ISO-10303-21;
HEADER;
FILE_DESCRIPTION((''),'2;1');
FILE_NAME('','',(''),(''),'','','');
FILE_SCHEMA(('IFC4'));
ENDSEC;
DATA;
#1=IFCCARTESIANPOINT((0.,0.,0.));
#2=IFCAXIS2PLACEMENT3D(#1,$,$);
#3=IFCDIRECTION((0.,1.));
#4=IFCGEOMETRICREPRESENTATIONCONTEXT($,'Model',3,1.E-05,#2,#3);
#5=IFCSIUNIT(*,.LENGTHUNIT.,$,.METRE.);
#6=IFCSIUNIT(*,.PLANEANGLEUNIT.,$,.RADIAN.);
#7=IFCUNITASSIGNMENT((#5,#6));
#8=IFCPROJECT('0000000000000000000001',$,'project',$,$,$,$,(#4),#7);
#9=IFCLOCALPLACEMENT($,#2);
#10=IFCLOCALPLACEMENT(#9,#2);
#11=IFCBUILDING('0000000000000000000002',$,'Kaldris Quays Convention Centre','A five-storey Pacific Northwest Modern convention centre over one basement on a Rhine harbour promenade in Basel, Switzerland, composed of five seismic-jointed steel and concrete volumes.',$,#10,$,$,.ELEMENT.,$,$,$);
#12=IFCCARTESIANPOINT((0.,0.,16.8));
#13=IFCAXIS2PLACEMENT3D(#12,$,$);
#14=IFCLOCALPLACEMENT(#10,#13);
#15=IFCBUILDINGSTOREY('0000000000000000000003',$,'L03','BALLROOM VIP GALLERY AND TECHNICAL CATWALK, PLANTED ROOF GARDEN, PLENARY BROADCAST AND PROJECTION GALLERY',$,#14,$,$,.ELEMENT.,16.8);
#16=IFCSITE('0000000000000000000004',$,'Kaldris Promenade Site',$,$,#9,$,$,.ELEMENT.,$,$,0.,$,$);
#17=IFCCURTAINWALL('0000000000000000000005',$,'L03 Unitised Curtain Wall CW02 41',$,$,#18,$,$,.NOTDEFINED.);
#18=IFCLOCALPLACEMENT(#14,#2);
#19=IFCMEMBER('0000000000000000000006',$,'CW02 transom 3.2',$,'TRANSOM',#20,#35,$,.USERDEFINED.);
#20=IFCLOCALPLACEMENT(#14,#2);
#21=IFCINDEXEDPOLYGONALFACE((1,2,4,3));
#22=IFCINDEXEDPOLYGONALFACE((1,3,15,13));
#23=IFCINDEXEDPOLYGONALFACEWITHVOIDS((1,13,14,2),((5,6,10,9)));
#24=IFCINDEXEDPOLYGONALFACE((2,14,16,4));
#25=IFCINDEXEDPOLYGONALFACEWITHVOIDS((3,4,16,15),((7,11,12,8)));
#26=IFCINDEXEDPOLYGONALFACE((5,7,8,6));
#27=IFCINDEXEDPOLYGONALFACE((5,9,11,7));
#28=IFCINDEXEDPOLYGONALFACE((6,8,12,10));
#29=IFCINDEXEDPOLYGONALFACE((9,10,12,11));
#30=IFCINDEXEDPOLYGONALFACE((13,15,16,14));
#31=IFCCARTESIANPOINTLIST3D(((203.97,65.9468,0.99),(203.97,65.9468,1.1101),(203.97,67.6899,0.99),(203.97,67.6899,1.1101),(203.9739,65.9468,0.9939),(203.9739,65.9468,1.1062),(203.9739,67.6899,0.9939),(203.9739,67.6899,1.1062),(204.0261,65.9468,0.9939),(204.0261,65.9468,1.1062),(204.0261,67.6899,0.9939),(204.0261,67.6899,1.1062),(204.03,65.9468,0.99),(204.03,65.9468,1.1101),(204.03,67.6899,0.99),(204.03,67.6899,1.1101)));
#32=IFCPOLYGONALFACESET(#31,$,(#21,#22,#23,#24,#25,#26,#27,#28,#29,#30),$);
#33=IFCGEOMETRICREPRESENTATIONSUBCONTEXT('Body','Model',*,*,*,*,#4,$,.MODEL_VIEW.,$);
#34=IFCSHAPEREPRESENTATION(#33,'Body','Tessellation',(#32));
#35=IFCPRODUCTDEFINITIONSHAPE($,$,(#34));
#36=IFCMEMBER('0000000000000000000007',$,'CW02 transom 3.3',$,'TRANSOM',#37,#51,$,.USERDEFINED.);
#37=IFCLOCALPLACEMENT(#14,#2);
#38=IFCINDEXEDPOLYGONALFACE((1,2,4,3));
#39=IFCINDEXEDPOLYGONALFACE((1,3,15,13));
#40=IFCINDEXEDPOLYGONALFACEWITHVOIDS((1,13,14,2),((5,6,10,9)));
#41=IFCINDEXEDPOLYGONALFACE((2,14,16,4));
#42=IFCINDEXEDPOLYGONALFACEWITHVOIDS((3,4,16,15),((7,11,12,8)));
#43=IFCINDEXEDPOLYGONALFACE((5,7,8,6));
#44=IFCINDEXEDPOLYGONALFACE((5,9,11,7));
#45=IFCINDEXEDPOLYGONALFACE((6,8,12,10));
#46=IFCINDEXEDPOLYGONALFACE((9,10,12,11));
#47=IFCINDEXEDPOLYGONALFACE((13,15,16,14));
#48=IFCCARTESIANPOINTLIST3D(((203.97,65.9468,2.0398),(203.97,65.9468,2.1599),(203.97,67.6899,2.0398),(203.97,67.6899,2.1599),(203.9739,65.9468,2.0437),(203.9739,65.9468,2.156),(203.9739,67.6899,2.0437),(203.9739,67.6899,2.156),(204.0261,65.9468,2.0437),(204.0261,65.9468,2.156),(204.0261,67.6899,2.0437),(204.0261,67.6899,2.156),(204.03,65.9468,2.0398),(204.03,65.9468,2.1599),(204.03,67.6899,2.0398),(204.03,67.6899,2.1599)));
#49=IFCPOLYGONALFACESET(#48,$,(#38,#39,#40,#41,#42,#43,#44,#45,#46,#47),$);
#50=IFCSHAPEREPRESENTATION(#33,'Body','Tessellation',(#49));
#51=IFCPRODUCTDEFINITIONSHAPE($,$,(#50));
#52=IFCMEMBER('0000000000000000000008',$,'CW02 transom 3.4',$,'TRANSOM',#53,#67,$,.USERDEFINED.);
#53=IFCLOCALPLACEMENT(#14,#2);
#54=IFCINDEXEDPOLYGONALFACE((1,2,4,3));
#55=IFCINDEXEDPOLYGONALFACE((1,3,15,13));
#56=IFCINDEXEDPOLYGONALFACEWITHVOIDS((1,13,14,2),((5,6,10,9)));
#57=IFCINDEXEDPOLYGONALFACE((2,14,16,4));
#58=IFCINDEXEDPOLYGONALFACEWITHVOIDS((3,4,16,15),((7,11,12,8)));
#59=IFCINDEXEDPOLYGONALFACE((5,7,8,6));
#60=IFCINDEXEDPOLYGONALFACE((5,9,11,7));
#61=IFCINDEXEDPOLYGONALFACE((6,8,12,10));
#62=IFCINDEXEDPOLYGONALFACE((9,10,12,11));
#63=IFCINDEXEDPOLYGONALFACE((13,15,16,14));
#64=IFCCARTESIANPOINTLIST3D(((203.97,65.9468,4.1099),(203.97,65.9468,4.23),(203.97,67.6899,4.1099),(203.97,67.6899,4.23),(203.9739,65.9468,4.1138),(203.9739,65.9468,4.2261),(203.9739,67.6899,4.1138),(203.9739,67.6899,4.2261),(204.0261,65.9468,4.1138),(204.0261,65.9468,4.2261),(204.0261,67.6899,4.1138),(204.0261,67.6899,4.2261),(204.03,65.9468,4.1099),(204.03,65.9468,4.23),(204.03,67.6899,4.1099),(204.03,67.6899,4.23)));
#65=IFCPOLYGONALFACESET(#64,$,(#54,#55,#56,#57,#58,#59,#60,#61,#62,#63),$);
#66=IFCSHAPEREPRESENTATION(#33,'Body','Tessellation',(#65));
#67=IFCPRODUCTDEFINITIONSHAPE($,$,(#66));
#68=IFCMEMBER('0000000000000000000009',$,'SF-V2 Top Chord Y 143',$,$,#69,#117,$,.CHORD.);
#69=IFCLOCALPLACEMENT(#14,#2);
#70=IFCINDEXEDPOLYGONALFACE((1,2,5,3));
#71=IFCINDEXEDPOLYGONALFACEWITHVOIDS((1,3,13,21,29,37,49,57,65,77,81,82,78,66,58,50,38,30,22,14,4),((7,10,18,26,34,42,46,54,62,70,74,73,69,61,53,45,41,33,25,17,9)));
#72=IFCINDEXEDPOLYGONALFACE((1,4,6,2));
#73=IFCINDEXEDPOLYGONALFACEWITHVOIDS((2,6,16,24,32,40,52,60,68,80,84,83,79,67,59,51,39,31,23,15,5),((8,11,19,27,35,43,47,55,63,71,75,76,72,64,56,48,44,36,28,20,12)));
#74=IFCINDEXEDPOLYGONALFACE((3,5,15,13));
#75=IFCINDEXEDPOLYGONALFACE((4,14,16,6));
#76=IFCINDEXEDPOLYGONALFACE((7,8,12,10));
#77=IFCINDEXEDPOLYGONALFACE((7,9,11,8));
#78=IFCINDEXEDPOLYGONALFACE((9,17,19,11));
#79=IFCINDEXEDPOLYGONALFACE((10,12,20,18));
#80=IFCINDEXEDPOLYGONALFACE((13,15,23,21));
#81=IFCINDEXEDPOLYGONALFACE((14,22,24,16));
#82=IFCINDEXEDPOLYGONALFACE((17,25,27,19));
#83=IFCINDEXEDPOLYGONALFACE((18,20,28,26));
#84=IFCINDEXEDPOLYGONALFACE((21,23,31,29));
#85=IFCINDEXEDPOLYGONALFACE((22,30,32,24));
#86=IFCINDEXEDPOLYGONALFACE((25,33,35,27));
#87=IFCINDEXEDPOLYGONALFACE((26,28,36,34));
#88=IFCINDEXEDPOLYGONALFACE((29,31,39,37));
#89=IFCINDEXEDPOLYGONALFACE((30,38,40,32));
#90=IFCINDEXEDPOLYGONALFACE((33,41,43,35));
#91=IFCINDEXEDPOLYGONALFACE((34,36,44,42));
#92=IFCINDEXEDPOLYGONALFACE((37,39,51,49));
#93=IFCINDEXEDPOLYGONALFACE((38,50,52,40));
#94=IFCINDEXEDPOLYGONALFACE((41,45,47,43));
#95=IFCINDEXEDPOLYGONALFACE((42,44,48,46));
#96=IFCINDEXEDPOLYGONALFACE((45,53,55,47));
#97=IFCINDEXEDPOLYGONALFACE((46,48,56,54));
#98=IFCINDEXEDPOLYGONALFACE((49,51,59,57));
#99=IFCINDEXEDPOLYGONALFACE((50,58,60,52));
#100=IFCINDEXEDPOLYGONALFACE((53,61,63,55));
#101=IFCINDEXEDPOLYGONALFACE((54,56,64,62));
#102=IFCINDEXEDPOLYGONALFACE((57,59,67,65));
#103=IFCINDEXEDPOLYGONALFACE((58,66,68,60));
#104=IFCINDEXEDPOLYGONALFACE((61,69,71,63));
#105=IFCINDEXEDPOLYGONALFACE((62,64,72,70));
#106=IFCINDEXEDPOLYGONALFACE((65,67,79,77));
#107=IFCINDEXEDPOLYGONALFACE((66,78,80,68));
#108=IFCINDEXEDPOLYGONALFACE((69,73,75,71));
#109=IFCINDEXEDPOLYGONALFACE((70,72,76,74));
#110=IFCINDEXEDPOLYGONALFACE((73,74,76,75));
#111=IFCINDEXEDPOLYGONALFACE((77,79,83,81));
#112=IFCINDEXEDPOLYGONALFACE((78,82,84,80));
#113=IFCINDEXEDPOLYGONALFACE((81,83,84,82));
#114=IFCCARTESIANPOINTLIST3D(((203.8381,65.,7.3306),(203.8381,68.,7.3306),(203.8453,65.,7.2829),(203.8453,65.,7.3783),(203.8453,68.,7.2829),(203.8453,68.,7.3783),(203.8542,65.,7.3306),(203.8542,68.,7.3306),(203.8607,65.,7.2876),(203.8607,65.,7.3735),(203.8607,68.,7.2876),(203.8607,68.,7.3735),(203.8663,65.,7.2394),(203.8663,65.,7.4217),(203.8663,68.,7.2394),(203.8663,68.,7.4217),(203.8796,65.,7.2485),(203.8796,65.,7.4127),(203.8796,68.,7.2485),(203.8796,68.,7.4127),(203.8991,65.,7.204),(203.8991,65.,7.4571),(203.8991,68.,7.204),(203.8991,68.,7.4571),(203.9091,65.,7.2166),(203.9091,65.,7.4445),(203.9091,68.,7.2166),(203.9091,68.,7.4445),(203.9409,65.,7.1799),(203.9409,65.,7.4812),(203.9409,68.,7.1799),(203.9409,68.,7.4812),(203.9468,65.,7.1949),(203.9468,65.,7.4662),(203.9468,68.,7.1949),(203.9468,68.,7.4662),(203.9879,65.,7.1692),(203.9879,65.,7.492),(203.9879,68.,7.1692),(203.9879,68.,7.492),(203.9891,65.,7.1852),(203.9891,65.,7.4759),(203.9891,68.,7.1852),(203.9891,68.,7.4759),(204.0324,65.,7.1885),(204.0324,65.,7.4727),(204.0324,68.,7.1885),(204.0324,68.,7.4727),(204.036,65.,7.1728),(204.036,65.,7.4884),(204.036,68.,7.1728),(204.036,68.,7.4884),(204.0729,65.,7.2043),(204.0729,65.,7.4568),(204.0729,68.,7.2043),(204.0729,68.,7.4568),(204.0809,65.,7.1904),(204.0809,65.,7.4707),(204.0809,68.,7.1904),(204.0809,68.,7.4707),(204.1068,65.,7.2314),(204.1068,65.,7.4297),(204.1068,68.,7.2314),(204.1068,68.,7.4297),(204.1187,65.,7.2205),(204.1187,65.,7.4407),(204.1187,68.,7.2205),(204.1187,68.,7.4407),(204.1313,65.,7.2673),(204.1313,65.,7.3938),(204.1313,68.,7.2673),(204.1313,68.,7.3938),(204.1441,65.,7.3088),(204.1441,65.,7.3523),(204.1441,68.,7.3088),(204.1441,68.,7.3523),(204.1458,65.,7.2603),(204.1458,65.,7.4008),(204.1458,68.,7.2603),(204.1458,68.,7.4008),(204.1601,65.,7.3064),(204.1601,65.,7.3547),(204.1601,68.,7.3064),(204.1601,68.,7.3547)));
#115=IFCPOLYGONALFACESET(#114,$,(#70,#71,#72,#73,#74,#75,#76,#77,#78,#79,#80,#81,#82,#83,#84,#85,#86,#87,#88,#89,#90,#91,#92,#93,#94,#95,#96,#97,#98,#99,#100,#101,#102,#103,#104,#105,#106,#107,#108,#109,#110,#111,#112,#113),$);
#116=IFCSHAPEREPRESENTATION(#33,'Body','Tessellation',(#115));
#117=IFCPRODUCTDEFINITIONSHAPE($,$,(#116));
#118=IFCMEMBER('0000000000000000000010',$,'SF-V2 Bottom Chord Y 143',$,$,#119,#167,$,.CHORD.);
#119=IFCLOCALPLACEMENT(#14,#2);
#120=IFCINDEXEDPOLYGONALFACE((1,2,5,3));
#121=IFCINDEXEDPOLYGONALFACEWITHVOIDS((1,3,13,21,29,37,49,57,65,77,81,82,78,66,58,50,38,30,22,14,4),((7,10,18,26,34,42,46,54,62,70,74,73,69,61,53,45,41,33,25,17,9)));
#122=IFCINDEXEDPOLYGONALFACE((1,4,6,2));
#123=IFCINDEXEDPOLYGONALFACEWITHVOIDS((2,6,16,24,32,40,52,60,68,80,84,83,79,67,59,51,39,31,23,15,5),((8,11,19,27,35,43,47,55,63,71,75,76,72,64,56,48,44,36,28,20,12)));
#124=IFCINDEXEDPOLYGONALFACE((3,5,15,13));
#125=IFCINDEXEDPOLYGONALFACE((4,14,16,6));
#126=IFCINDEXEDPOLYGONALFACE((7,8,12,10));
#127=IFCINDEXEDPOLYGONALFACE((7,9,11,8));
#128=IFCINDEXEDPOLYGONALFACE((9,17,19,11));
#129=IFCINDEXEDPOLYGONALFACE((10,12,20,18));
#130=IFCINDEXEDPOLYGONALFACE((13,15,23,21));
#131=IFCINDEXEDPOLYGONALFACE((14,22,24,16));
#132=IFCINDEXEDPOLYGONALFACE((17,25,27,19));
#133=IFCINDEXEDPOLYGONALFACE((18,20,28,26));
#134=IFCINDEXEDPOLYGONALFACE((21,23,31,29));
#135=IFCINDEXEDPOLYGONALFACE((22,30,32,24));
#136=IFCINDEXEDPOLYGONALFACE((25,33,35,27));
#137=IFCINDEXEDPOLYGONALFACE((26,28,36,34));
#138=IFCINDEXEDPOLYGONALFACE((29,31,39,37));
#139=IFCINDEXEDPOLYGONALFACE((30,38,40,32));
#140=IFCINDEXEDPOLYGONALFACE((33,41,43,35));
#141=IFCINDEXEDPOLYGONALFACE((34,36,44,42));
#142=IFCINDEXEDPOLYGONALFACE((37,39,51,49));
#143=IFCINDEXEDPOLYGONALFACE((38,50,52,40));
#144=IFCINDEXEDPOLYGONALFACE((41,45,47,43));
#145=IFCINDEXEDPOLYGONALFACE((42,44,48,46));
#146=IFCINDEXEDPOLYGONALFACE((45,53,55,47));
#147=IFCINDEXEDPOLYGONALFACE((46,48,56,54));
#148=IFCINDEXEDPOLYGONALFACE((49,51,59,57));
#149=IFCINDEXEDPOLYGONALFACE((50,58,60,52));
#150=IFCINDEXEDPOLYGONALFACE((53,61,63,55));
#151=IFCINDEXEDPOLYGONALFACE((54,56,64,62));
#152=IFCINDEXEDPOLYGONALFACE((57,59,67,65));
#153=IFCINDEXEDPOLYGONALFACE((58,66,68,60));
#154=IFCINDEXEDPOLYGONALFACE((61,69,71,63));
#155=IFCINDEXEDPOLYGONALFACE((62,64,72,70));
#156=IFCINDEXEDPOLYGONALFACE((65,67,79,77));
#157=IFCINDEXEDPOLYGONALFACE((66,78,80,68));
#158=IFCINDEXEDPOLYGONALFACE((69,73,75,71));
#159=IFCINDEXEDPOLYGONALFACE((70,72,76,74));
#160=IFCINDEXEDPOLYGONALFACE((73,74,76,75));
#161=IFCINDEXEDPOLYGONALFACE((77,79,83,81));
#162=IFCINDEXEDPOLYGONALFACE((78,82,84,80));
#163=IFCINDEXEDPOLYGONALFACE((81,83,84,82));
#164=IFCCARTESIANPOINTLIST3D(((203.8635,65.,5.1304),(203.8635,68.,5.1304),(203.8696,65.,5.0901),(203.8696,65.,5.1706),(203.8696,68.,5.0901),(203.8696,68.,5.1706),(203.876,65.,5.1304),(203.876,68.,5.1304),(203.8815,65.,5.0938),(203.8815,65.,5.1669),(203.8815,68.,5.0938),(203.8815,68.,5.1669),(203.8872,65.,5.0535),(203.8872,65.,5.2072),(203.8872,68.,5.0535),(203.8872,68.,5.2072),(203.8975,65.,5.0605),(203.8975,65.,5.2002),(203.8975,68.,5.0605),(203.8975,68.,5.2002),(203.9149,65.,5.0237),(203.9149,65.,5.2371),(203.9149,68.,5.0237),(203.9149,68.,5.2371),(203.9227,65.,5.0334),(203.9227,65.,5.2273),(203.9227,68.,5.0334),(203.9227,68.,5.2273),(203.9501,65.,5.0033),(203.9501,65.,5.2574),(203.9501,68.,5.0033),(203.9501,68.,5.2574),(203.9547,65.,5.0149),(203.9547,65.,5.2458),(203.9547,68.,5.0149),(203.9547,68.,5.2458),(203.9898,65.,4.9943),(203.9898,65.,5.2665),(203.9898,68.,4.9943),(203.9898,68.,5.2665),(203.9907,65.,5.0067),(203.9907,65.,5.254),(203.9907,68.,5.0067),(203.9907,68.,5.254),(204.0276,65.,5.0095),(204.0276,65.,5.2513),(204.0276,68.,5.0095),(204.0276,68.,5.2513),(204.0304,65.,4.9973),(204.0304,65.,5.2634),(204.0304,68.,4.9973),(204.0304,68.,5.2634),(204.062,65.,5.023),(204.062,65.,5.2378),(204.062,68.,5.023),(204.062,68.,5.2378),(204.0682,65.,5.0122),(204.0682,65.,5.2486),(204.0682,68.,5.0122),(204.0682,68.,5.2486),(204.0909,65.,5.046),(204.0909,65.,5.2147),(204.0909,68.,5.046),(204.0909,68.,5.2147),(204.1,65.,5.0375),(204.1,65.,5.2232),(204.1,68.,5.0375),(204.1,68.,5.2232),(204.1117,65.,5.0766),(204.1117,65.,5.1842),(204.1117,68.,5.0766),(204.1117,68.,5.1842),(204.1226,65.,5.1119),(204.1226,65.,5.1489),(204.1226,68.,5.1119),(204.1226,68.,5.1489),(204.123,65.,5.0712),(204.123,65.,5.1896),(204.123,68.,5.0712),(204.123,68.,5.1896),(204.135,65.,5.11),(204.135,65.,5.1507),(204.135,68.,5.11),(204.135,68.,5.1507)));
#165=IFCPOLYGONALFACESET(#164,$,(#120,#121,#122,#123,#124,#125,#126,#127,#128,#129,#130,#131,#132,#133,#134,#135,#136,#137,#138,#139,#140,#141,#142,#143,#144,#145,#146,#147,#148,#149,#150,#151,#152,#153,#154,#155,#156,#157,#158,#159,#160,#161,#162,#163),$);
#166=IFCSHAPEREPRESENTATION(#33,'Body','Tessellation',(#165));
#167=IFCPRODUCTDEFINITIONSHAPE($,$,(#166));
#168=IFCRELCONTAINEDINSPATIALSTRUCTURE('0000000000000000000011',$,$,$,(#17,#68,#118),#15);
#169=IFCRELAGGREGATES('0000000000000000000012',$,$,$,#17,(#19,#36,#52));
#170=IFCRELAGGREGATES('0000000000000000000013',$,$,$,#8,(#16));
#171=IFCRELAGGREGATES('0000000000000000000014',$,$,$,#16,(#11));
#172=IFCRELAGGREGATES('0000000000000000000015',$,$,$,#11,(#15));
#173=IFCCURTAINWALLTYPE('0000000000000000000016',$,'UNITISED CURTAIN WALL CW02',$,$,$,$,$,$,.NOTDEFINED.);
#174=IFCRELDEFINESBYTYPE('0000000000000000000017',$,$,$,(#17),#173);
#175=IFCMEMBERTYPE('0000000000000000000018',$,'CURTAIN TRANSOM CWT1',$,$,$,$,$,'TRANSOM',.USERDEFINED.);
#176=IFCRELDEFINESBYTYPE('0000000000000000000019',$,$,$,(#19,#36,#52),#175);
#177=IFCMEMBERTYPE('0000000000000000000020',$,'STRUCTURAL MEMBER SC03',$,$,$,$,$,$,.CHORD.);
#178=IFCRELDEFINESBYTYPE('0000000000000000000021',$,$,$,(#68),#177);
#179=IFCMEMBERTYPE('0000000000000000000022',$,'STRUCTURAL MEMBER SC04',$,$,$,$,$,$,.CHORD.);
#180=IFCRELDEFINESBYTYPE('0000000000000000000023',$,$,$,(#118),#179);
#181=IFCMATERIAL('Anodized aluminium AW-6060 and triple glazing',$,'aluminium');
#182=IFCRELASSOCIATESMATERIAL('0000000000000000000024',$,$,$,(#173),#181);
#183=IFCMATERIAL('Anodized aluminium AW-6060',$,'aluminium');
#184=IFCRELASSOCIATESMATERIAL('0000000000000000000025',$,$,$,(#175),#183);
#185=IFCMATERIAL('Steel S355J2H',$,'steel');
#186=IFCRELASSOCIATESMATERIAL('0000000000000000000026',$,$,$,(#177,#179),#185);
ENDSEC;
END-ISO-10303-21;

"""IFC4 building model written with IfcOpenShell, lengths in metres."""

from ifc_helpers import new_model, si_unit, direction, frame, origin, origin_2d, place, context, subcontext, project, spatial, hollow_rectangle, hollow_circle, extrude, material, material_profile, profile_set, type_object, element, aggregate, save


model = new_model("IFC4")

# Units and contexts
model_context = context("Model", 3, precision=1e-05, world=origin(), true_north=direction((0.0, 1.0)))
body_context = subcontext(model_context, "Body", "Model", "MODEL_VIEW")
ifc_project = project(units=[si_unit("LENGTHUNIT", "METRE"), si_unit("PLANEANGLEUNIT", "RADIAN")], contexts=[model_context])

# Site, building, storey
site_placement = place(None, origin())
site = spatial("IfcSite", under=ifc_project, at=site_placement, Name="Kaldris Promenade Site", CompositionType="ELEMENT", RefElevation=0.0)
building_placement = place(site_placement, origin())
building = spatial("IfcBuilding", under=site, at=building_placement, Name="Kaldris Quays Convention Centre", Description="A five-storey Pacific Northwest Modern convention centre over one basement on a Rhine harbour promenade in Basel, Switzerland, composed of five seismic-jointed steel and concrete volumes.", CompositionType="ELEMENT")
storey_placement = place(building_placement, frame((0.0, 0.0, 16.8)))
storey = spatial("IfcBuildingStorey", under=building, at=storey_placement, Name="L03", Description="BALLROOM VIP GALLERY AND TECHNICAL CATWALK, PLANTED ROOF GARDEN, PLENARY BROADCAST AND PROJECTION GALLERY", CompositionType="ELEMENT", Elevation=16.8)

# Curtain wall, members
ifc_material_1 = material(Name="Anodized aluminium AW-6060 and triple glazing", Category="aluminium")
curtain_wall_type = type_object("IfcCurtainWallType", Name="UNITISED CURTAIN WALL CW02", PredefinedType="NOTDEFINED", material=ifc_material_1)
curtain_wall_placement = place(storey_placement, origin())
curtain_wall = element("IfcCurtainWall", 1, at=curtain_wall_placement, inside=storey, type_object=curtain_wall_type, Name="L03 Unitised Curtain Wall CW02 41", PredefinedType="NOTDEFINED")
ifc_material_2 = material(Name="Anodized aluminium AW-6060", Category="aluminium")
ifc_material_profile_1 = material_profile(ifc_material_2, hollow_rectangle(XDim=0.0601, YDim=0.1201, WallThickness=0.0039, at=origin_2d()), Name="RHS 120x60x4")
ifc_profile_set_1 = profile_set([ifc_material_profile_1], Name="Anodized aluminium AW-6060")
member_type_1 = type_object("IfcMemberType", Name="CURTAIN TRANSOM CWT1", ElementType="TRANSOM", PredefinedType="USERDEFINED", material=ifc_profile_set_1)
member_1_placement = place(storey_placement, frame((204.0, 65.9468, 1.05), z_axis=(0.0, 1.0, 0.0), x_axis=(-1.0, 0.0, 0.0)))
member_1 = element("IfcMember", 2, at=member_1_placement, type_object=member_type_1, Name="CW02 transom 3.2", ObjectType="TRANSOM", PredefinedType="USERDEFINED", context=body_context, shape_type="SweptSolid", body=[
    extrude(hollow_rectangle(XDim=0.0601, YDim=0.1201, WallThickness=0.0039, at=origin_2d()), origin(), (0.0, 0.0, 1.0), 1.7432),
])
member_2_placement = place(storey_placement, frame((204.0, 65.9468, 2.0999), z_axis=(0.0, 1.0, 0.0), x_axis=(-1.0, 0.0, 0.0)))
member_2 = element("IfcMember", 3, at=member_2_placement, type_object=member_type_1, Name="CW02 transom 3.3", ObjectType="TRANSOM", PredefinedType="USERDEFINED", context=body_context, shape_type="SweptSolid", body=[
    extrude(hollow_rectangle(XDim=0.0601, YDim=0.1201, WallThickness=0.0039, at=origin_2d()), origin(), (0.0, 0.0, 1.0), 1.7432),
])
member_3_placement = place(storey_placement, frame((204.0, 65.9468, 4.1699), z_axis=(0.0, 1.0, 0.0), x_axis=(-1.0, 0.0, 0.0)))
member_3 = element("IfcMember", 4, at=member_3_placement, type_object=member_type_1, Name="CW02 transom 3.4", ObjectType="TRANSOM", PredefinedType="USERDEFINED", context=body_context, shape_type="SweptSolid", body=[
    extrude(hollow_rectangle(XDim=0.0601, YDim=0.1201, WallThickness=0.0039, at=origin_2d()), origin(), (0.0, 0.0, 1.0), 1.7432),
])

# Members
ifc_material_3 = material(Name="Steel S355J2H", Category="steel")
ifc_material_profile_2 = material_profile(ifc_material_3, hollow_circle(Radius=0.1619, WallThickness=0.0161, at=origin_2d()), Name="CHS 323.9x16")
ifc_profile_set_2 = profile_set([ifc_material_profile_2], Name="Steel S355J2H")
member_type_2 = type_object("IfcMemberType", Name="STRUCTURAL MEMBER SC03", PredefinedType="CHORD", material=ifc_profile_set_2)
member_4_placement = place(storey_placement, frame((204.0, 65.0, 7.3306), z_axis=(0.0, 1.0, 0.0), x_axis=(-1.0, 0.0, 0.0)))
element("IfcMember", 5, at=member_4_placement, inside=storey, type_object=member_type_2, Name="SF-V2 Top Chord Y 143", PredefinedType="CHORD", context=body_context, shape_type="SweptSolid", body=[
    extrude(hollow_circle(Radius=0.1619, WallThickness=0.0161, at=origin_2d()), origin(), (0.0, 0.0, 1.0), 3.0),
])
ifc_material_profile_3 = material_profile(ifc_material_3, hollow_circle(Radius=0.1365, WallThickness=0.0125, at=origin_2d()), Name="CHS 273x12.5")
ifc_profile_set_3 = profile_set([ifc_material_profile_3], Name="Steel S355J2H")
member_type_3 = type_object("IfcMemberType", Name="STRUCTURAL MEMBER SC04", PredefinedType="CHORD", material=ifc_profile_set_3)
member_5_placement = place(storey_placement, frame((204.0, 65.0, 5.1304), z_axis=(0.0, 1.0, 0.0), x_axis=(-1.0, 0.0, 0.0)))
element("IfcMember", 6, at=member_5_placement, inside=storey, type_object=member_type_3, Name="SF-V2 Bottom Chord Y 143", PredefinedType="CHORD", context=body_context, shape_type="SweptSolid", body=[
    extrude(hollow_circle(Radius=0.1365, WallThickness=0.0125, at=origin_2d()), origin(), (0.0, 0.0, 1.0), 3.0),
])

aggregate(curtain_wall, [member_1, member_2, member_3])

save(model, "model.ifc")
